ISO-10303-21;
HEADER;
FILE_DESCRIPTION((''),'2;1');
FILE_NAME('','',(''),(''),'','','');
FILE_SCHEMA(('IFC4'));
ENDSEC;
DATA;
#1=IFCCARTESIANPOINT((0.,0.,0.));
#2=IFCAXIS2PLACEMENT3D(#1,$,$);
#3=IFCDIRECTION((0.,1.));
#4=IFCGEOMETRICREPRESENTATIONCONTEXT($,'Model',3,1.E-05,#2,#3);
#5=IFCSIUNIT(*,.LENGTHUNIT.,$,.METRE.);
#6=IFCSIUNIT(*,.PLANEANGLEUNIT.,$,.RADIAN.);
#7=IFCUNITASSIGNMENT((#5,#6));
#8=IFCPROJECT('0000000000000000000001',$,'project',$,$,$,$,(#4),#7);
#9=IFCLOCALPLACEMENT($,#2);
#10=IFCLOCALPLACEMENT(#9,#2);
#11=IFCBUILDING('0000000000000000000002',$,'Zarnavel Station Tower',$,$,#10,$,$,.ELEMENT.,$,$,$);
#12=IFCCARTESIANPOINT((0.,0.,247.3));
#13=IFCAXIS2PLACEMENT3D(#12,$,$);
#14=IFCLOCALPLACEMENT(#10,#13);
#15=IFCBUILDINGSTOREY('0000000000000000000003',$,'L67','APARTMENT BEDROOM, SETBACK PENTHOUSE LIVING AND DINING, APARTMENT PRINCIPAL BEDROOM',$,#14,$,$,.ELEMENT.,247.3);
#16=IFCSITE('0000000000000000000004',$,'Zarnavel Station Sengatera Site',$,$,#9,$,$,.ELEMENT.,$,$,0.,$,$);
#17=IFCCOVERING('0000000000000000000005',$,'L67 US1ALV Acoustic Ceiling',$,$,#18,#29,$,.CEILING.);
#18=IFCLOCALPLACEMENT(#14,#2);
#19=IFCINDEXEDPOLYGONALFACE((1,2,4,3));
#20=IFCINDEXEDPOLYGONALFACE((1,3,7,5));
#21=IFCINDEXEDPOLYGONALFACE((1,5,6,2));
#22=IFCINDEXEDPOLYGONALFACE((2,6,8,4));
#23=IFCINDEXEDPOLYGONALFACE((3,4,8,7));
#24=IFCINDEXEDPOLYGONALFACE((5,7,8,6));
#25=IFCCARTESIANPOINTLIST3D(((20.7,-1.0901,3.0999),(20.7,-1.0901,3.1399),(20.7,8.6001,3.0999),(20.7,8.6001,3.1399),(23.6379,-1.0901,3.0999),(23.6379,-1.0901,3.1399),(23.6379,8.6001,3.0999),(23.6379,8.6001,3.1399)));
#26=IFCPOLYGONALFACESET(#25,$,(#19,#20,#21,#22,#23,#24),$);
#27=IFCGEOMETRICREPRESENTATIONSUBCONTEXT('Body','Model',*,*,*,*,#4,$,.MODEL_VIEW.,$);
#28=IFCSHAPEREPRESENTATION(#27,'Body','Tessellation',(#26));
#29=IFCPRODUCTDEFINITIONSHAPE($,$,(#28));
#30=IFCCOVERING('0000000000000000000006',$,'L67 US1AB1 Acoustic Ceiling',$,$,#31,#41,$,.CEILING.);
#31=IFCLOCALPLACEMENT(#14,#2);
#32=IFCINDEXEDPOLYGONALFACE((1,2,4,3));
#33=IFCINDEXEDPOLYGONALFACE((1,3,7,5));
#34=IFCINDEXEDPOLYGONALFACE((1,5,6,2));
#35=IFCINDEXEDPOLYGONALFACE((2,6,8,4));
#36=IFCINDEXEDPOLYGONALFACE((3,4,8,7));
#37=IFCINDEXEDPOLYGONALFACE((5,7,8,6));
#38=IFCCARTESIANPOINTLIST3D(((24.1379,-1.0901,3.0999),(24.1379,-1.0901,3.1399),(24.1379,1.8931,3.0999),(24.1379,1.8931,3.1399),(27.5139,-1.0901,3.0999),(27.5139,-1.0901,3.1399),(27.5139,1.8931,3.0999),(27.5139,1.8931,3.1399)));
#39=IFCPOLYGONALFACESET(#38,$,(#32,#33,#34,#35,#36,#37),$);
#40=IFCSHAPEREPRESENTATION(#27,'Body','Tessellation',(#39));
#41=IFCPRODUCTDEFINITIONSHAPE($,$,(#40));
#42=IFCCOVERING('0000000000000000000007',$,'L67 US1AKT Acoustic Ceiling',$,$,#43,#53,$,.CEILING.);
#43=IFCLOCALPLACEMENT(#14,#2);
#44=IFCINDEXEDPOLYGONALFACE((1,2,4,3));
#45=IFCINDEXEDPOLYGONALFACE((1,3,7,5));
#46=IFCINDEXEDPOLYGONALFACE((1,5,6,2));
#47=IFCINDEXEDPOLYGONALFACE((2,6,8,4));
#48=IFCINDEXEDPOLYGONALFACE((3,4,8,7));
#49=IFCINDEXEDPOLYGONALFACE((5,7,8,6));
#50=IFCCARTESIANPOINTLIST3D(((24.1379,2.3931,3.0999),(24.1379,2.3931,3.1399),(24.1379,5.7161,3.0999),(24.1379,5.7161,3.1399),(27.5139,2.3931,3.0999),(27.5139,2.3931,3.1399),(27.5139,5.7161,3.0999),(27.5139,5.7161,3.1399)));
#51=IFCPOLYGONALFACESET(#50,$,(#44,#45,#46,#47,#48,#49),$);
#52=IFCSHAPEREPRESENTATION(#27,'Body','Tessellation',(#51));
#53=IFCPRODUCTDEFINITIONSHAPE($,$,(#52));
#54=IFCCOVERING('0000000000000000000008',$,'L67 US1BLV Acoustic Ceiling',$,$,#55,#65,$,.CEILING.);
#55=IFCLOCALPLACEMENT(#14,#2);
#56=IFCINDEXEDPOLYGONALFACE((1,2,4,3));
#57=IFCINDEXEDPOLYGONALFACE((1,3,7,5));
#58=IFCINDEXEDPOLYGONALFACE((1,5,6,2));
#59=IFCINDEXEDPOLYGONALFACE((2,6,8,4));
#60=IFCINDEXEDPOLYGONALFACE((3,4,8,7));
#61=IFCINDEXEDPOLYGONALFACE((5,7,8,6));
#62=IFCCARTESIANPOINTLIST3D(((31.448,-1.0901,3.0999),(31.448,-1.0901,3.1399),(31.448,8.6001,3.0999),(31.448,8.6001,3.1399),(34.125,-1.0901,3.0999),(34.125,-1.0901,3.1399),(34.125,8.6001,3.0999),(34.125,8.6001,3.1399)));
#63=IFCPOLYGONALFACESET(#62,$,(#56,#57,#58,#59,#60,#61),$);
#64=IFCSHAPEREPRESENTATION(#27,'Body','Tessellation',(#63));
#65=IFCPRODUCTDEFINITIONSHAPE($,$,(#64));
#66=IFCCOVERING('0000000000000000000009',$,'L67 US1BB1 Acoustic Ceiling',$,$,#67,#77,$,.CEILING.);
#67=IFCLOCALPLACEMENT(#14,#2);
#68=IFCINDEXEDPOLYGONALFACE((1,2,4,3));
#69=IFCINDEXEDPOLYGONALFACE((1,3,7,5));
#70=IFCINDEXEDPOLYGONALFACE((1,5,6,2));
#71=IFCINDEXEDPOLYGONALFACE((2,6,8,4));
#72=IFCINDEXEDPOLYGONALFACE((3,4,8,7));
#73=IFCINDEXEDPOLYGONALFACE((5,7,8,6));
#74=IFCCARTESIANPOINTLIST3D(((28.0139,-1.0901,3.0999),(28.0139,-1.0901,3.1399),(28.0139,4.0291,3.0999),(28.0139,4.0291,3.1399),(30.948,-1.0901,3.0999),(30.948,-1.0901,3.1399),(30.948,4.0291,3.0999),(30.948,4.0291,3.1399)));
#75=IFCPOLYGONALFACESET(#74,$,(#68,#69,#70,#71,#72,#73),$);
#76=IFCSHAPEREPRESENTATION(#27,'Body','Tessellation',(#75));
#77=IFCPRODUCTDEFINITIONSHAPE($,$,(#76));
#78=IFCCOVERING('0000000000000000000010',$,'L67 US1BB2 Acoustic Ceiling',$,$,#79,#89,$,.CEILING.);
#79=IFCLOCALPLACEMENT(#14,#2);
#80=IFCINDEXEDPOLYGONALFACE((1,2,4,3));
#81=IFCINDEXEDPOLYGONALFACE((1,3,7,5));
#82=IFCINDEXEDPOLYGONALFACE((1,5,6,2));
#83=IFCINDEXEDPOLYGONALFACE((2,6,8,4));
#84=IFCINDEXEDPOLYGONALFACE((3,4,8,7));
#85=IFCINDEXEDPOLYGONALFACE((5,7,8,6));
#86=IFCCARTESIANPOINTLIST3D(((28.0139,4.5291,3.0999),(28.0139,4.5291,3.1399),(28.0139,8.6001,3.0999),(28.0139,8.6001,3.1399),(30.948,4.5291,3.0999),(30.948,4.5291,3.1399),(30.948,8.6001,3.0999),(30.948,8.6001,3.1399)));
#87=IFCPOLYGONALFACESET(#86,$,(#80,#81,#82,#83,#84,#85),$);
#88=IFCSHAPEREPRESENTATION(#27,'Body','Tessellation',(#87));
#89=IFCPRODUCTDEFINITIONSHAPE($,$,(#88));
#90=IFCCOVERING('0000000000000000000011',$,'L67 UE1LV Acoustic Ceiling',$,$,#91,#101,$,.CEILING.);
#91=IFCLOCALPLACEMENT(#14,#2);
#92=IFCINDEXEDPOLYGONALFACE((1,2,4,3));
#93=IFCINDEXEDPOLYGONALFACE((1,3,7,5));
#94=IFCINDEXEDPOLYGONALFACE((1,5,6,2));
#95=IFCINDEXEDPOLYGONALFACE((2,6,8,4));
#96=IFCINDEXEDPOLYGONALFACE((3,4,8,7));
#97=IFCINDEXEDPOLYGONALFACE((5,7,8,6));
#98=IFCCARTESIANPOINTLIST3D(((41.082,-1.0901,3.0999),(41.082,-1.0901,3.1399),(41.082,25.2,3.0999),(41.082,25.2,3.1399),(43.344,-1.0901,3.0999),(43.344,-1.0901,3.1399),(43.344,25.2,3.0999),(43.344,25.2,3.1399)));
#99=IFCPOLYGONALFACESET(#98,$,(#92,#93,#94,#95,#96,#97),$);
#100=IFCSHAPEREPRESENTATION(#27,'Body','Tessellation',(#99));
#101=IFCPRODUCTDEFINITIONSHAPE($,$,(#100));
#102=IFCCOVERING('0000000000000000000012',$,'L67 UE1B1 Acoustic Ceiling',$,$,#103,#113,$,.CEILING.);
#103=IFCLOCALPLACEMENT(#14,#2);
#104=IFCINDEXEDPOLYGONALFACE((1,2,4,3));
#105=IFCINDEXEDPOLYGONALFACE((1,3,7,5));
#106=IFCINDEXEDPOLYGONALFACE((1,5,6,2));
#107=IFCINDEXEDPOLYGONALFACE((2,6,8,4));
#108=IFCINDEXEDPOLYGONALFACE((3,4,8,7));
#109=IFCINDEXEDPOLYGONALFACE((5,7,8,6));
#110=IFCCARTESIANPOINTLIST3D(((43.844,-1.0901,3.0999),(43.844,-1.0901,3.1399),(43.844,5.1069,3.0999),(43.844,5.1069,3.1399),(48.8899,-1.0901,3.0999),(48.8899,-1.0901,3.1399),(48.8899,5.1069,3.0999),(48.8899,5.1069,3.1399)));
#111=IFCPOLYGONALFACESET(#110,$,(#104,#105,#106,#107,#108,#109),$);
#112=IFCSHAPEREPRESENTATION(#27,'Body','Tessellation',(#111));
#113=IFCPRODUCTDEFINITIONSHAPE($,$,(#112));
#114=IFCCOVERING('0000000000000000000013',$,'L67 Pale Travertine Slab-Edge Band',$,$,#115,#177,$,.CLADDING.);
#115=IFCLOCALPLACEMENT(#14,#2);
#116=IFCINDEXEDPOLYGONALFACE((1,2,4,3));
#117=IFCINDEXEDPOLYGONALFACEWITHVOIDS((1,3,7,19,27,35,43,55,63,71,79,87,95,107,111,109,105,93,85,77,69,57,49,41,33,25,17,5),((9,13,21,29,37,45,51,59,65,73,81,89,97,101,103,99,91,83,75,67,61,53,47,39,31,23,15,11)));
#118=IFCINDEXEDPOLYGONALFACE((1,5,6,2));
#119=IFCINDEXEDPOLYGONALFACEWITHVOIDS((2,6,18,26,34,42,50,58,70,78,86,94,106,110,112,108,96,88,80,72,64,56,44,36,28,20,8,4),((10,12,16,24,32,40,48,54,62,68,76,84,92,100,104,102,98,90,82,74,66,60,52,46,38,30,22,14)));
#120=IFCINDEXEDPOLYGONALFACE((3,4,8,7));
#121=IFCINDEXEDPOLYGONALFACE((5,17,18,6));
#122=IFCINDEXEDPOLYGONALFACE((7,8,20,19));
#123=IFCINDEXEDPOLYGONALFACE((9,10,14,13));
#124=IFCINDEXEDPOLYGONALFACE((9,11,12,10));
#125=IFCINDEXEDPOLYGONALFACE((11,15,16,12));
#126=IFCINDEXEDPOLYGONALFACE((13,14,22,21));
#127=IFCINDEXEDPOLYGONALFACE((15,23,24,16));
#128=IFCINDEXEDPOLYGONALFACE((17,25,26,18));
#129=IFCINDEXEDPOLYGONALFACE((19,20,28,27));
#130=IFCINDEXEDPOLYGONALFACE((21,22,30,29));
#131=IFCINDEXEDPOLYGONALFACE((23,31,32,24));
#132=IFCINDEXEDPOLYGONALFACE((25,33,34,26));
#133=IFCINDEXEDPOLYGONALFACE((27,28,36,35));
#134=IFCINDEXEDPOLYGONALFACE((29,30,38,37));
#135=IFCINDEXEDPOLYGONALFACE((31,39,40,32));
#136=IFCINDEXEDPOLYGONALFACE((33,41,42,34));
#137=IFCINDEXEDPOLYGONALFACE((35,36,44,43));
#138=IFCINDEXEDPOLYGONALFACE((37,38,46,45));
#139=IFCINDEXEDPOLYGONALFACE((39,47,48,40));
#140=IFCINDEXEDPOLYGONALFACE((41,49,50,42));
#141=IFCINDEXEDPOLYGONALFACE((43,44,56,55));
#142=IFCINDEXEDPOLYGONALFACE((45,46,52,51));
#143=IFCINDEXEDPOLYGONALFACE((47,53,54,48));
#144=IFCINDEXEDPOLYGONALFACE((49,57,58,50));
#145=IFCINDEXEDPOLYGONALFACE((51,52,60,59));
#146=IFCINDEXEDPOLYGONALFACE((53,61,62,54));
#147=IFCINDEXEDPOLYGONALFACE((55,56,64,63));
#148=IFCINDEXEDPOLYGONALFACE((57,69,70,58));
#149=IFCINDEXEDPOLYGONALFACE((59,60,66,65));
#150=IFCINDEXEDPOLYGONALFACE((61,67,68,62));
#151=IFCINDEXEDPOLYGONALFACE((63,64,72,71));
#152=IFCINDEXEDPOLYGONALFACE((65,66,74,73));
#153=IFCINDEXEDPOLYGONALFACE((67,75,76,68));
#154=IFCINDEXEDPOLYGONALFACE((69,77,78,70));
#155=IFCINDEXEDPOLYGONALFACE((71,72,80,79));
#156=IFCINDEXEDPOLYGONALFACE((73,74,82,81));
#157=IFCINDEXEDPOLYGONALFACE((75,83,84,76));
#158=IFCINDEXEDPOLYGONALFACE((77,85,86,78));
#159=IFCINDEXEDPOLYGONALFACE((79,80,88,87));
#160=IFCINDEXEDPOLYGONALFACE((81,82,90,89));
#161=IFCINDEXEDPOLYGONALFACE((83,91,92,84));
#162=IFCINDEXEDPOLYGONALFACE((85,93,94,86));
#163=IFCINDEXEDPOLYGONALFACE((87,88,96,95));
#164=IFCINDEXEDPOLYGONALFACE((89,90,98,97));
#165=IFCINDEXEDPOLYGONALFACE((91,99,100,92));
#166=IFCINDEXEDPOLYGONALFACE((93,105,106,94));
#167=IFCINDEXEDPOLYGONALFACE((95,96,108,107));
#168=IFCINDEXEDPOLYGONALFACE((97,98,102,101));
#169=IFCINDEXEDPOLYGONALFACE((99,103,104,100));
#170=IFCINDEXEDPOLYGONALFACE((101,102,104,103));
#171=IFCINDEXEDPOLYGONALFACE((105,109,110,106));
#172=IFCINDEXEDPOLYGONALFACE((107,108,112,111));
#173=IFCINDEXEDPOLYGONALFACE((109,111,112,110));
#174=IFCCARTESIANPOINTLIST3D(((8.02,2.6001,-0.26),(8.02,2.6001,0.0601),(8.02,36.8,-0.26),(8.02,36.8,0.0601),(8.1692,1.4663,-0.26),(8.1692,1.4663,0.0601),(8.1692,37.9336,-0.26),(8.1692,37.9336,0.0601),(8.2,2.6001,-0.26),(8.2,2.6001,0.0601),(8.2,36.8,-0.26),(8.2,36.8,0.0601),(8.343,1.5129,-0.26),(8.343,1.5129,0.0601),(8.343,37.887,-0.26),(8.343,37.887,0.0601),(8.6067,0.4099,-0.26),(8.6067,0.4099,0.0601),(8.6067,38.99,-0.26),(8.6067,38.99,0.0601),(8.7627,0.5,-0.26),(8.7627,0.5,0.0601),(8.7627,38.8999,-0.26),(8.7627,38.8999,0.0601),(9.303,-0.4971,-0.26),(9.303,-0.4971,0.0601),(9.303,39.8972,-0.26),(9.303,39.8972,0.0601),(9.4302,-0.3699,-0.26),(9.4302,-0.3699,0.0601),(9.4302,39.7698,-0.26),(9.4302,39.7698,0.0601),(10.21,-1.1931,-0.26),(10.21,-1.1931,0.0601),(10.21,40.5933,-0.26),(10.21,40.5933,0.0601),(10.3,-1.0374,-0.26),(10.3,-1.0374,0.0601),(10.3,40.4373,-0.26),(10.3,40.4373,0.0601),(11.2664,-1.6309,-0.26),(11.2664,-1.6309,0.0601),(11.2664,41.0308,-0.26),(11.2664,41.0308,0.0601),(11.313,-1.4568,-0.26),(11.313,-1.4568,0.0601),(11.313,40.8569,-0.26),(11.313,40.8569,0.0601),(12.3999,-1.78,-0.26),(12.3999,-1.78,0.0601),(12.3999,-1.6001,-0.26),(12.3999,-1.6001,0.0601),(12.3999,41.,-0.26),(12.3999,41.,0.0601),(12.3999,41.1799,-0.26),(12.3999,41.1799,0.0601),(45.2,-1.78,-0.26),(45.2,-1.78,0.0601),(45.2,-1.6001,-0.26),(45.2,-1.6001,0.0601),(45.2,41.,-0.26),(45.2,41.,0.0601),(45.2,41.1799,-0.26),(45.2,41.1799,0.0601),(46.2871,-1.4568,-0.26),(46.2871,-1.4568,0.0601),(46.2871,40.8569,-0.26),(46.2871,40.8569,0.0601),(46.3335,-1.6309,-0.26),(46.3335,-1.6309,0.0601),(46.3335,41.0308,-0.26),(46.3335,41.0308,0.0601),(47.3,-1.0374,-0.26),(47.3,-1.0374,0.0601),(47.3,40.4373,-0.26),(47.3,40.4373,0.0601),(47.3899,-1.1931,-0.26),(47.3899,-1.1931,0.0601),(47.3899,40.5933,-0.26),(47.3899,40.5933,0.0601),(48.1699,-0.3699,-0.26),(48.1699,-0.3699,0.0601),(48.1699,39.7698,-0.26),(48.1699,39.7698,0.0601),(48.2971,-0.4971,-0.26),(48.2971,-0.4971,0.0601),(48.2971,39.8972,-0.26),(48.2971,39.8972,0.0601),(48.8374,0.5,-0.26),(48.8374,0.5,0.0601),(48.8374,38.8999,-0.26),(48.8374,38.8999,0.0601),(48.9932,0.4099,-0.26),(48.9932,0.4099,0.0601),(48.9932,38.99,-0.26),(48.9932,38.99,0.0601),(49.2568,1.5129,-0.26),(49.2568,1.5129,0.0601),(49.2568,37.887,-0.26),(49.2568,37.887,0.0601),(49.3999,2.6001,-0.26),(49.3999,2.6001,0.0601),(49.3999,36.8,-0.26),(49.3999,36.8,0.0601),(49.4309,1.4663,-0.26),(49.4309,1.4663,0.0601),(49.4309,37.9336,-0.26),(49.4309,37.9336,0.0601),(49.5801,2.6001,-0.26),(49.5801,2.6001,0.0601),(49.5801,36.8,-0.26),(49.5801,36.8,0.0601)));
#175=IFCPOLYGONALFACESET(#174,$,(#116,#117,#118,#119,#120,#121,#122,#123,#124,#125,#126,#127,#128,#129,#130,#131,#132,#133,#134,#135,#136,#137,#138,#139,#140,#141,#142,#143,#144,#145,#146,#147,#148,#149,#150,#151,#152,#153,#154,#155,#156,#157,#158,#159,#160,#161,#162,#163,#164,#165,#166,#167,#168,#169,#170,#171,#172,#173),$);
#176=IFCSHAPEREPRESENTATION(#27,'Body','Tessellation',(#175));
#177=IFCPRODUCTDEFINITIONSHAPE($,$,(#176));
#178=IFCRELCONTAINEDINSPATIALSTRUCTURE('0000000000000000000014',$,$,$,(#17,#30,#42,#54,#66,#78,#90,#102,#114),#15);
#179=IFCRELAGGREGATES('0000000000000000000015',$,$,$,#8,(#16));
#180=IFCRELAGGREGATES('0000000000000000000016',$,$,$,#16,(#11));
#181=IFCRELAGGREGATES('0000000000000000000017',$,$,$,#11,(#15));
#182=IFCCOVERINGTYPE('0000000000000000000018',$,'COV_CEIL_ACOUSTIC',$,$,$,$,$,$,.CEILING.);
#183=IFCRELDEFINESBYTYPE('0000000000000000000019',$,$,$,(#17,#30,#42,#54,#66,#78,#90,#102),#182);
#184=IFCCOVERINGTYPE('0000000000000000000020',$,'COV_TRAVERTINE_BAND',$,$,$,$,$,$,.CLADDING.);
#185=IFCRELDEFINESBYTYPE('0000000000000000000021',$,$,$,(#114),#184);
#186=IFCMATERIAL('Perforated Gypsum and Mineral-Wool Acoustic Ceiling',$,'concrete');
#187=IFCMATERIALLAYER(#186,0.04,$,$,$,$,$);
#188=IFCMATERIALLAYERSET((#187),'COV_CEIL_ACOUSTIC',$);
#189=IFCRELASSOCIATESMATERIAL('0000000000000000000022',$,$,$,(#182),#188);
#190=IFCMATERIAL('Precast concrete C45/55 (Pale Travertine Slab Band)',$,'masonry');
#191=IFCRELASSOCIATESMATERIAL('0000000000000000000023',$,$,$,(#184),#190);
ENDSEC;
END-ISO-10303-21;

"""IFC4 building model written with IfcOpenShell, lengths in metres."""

from ifc_helpers import new_model, si_unit, direction, frame, origin, place, context, subcontext, project, spatial, polyline, outline, extrude, material, layer, layer_set, type_object, element, save


model = new_model("IFC4")

# Units and contexts
model_context = context("Model", 3, precision=1e-05, world=origin(), true_north=direction((0.0, 1.0)))
body_context = subcontext(model_context, "Body", "Model", "MODEL_VIEW")
ifc_project = project(units=[si_unit("LENGTHUNIT", "METRE"), si_unit("PLANEANGLEUNIT", "RADIAN")], contexts=[model_context])

# Site, building, storey
site_placement = place(None, origin())
site = spatial("IfcSite", under=ifc_project, at=site_placement, Name="Zarnavel Station Sengatera Site", CompositionType="ELEMENT", RefElevation=0.0)
building_placement = place(site_placement, origin())
building = spatial("IfcBuilding", under=site, at=building_placement, Name="Zarnavel Station Tower", CompositionType="ELEMENT")
storey_placement = place(building_placement, frame((0.0, 0.0, 247.3)))
storey = spatial("IfcBuildingStorey", under=building, at=storey_placement, Name="L67", Description="APARTMENT BEDROOM, SETBACK PENTHOUSE LIVING AND DINING, APARTMENT PRINCIPAL BEDROOM", CompositionType="ELEMENT", Elevation=247.3)

# Coverings
ifc_material_1 = material(Name="Perforated Gypsum and Mineral-Wool Acoustic Ceiling", Category="concrete")
ifc_layer_1 = layer(ifc_material_1, 0.04)
ifc_layer_set_1 = layer_set([ifc_layer_1], Name="COV_CEIL_ACOUSTIC")
covering_type_1 = type_object("IfcCoveringType", Name="COV_CEIL_ACOUSTIC", PredefinedType="CEILING", material=ifc_layer_set_1)
covering_1_placement = place(storey_placement, frame((0.0, 0.0, 3.0999)))
element("IfcCovering", 1, at=covering_1_placement, inside=storey, type_object=covering_type_1, Name="L67 US1ALV Acoustic Ceiling", PredefinedType="CEILING", context=body_context, shape_type="SweptSolid", body=[
    extrude(outline(polyline([(20.7, -1.0901), (23.6379, -1.0901), (23.6379, 8.6001), (20.7, 8.6001), (20.7, -1.0901)])), origin(), (0.0, 0.0, 1.0), 0.04),
])
covering_2_placement = place(storey_placement, frame((0.0, 0.0, 3.0999)))
element("IfcCovering", 2, at=covering_2_placement, inside=storey, type_object=covering_type_1, Name="L67 US1AB1 Acoustic Ceiling", PredefinedType="CEILING", context=body_context, shape_type="SweptSolid", body=[
    extrude(outline(polyline([(24.1379, -1.0901), (27.5139, -1.0901), (27.5139, 1.8931), (24.1379, 1.8931), (24.1379, -1.0901)])), origin(), (0.0, 0.0, 1.0), 0.04),
])
covering_3_placement = place(storey_placement, frame((0.0, 0.0, 3.0999)))
element("IfcCovering", 3, at=covering_3_placement, inside=storey, type_object=covering_type_1, Name="L67 US1AKT Acoustic Ceiling", PredefinedType="CEILING", context=body_context, shape_type="SweptSolid", body=[
    extrude(outline(polyline([(24.1379, 2.3931), (27.5139, 2.3931), (27.5139, 5.7161), (24.1379, 5.7161), (24.1379, 2.3931)])), origin(), (0.0, 0.0, 1.0), 0.04),
])
covering_4_placement = place(storey_placement, frame((0.0, 0.0, 3.0999)))
element("IfcCovering", 4, at=covering_4_placement, inside=storey, type_object=covering_type_1, Name="L67 US1BLV Acoustic Ceiling", PredefinedType="CEILING", context=body_context, shape_type="SweptSolid", body=[
    extrude(outline(polyline([(31.448, -1.0901), (34.125, -1.0901), (34.125, 8.6001), (31.448, 8.6001), (31.448, -1.0901)])), origin(), (0.0, 0.0, 1.0), 0.04),
])
covering_5_placement = place(storey_placement, frame((0.0, 0.0, 3.0999)))
element("IfcCovering", 5, at=covering_5_placement, inside=storey, type_object=covering_type_1, Name="L67 US1BB1 Acoustic Ceiling", PredefinedType="CEILING", context=body_context, shape_type="SweptSolid", body=[
    extrude(outline(polyline([(28.0139, -1.0901), (30.948, -1.0901), (30.948, 4.0291), (28.0139, 4.0291), (28.0139, -1.0901)])), origin(), (0.0, 0.0, 1.0), 0.04),
])
covering_6_placement = place(storey_placement, frame((0.0, 0.0, 3.0999)))
element("IfcCovering", 6, at=covering_6_placement, inside=storey, type_object=covering_type_1, Name="L67 US1BB2 Acoustic Ceiling", PredefinedType="CEILING", context=body_context, shape_type="SweptSolid", body=[
    extrude(outline(polyline([(28.0139, 4.5291), (30.948, 4.5291), (30.948, 8.6001), (28.0139, 8.6001), (28.0139, 4.5291)])), origin(), (0.0, 0.0, 1.0), 0.04),
])
covering_7_placement = place(storey_placement, frame((0.0, 0.0, 3.0999)))
element("IfcCovering", 7, at=covering_7_placement, inside=storey, type_object=covering_type_1, Name="L67 UE1LV Acoustic Ceiling", PredefinedType="CEILING", context=body_context, shape_type="SweptSolid", body=[
    extrude(outline(polyline([(41.082, -1.0901), (43.344, -1.0901), (43.344, 25.2), (41.082, 25.2), (41.082, -1.0901)])), origin(), (0.0, 0.0, 1.0), 0.04),
])
covering_8_placement = place(storey_placement, frame((0.0, 0.0, 3.0999)))
element("IfcCovering", 8, at=covering_8_placement, inside=storey, type_object=covering_type_1, Name="L67 UE1B1 Acoustic Ceiling", PredefinedType="CEILING", context=body_context, shape_type="SweptSolid", body=[
    extrude(outline(polyline([(43.844, -1.0901), (48.8899, -1.0901), (48.8899, 5.1069), (43.844, 5.1069), (43.844, -1.0901)])), origin(), (0.0, 0.0, 1.0), 0.04),
])
ifc_material_2 = material(Name="Precast concrete C45/55 (Pale Travertine Slab Band)", Category="masonry")
covering_type_2 = type_object("IfcCoveringType", Name="COV_TRAVERTINE_BAND", PredefinedType="CLADDING", material=ifc_material_2)
covering_9_placement = place(storey_placement, frame((0.0, 0.0, -0.26)))
element("IfcCovering", 9, at=covering_9_placement, inside=storey, type_object=covering_type_2, Name="L67 Pale Travertine Slab-Edge Band", PredefinedType="CLADDING", context=body_context, shape_type="SweptSolid", body=[
    extrude(outline(polyline([(45.2, -1.78), (46.3335, -1.6309), (47.3899, -1.1931), (48.2971, -0.4971), (48.9932, 0.4099), (49.4309, 1.4663), (49.5801, 2.6001), (49.5801, 36.8), (49.4309, 37.9336), (48.9932, 38.99), (48.2971, 39.8972), (47.3899, 40.5933), (46.3335, 41.0308), (45.2, 41.1799), (12.3999, 41.1799), (11.2664, 41.0308), (10.21, 40.5933), (9.303, 39.8972), (8.6067, 38.99), (8.1692, 37.9336), (8.02, 36.8), (8.02, 2.6001), (8.1692, 1.4663), (8.6067, 0.4099), (9.303, -0.4971), (10.21, -1.1931), (11.2664, -1.6309), (12.3999, -1.78), (45.2, -1.78)]), holes=[polyline([(45.2, -1.6001), (46.2871, -1.4568), (47.3, -1.0374), (48.1699, -0.3699), (48.8374, 0.5), (49.2568, 1.5129), (49.3999, 2.6001), (49.3999, 36.8), (49.2568, 37.887), (48.8374, 38.8999), (48.1699, 39.7698), (47.3, 40.4373), (46.2871, 40.8569), (45.2, 41.0), (12.3999, 41.0), (11.313, 40.8569), (10.3, 40.4373), (9.4302, 39.7698), (8.7627, 38.8999), (8.343, 37.887), (8.2, 36.8), (8.2, 2.6001), (8.343, 1.5129), (8.7627, 0.5), (9.4302, -0.3699), (10.3, -1.0374), (11.313, -1.4568), (12.3999, -1.6001), (45.2, -1.6001)])]), origin(), (0.0, 0.0, 1.0), 0.3201),
])

save(model, "model.ifc")
